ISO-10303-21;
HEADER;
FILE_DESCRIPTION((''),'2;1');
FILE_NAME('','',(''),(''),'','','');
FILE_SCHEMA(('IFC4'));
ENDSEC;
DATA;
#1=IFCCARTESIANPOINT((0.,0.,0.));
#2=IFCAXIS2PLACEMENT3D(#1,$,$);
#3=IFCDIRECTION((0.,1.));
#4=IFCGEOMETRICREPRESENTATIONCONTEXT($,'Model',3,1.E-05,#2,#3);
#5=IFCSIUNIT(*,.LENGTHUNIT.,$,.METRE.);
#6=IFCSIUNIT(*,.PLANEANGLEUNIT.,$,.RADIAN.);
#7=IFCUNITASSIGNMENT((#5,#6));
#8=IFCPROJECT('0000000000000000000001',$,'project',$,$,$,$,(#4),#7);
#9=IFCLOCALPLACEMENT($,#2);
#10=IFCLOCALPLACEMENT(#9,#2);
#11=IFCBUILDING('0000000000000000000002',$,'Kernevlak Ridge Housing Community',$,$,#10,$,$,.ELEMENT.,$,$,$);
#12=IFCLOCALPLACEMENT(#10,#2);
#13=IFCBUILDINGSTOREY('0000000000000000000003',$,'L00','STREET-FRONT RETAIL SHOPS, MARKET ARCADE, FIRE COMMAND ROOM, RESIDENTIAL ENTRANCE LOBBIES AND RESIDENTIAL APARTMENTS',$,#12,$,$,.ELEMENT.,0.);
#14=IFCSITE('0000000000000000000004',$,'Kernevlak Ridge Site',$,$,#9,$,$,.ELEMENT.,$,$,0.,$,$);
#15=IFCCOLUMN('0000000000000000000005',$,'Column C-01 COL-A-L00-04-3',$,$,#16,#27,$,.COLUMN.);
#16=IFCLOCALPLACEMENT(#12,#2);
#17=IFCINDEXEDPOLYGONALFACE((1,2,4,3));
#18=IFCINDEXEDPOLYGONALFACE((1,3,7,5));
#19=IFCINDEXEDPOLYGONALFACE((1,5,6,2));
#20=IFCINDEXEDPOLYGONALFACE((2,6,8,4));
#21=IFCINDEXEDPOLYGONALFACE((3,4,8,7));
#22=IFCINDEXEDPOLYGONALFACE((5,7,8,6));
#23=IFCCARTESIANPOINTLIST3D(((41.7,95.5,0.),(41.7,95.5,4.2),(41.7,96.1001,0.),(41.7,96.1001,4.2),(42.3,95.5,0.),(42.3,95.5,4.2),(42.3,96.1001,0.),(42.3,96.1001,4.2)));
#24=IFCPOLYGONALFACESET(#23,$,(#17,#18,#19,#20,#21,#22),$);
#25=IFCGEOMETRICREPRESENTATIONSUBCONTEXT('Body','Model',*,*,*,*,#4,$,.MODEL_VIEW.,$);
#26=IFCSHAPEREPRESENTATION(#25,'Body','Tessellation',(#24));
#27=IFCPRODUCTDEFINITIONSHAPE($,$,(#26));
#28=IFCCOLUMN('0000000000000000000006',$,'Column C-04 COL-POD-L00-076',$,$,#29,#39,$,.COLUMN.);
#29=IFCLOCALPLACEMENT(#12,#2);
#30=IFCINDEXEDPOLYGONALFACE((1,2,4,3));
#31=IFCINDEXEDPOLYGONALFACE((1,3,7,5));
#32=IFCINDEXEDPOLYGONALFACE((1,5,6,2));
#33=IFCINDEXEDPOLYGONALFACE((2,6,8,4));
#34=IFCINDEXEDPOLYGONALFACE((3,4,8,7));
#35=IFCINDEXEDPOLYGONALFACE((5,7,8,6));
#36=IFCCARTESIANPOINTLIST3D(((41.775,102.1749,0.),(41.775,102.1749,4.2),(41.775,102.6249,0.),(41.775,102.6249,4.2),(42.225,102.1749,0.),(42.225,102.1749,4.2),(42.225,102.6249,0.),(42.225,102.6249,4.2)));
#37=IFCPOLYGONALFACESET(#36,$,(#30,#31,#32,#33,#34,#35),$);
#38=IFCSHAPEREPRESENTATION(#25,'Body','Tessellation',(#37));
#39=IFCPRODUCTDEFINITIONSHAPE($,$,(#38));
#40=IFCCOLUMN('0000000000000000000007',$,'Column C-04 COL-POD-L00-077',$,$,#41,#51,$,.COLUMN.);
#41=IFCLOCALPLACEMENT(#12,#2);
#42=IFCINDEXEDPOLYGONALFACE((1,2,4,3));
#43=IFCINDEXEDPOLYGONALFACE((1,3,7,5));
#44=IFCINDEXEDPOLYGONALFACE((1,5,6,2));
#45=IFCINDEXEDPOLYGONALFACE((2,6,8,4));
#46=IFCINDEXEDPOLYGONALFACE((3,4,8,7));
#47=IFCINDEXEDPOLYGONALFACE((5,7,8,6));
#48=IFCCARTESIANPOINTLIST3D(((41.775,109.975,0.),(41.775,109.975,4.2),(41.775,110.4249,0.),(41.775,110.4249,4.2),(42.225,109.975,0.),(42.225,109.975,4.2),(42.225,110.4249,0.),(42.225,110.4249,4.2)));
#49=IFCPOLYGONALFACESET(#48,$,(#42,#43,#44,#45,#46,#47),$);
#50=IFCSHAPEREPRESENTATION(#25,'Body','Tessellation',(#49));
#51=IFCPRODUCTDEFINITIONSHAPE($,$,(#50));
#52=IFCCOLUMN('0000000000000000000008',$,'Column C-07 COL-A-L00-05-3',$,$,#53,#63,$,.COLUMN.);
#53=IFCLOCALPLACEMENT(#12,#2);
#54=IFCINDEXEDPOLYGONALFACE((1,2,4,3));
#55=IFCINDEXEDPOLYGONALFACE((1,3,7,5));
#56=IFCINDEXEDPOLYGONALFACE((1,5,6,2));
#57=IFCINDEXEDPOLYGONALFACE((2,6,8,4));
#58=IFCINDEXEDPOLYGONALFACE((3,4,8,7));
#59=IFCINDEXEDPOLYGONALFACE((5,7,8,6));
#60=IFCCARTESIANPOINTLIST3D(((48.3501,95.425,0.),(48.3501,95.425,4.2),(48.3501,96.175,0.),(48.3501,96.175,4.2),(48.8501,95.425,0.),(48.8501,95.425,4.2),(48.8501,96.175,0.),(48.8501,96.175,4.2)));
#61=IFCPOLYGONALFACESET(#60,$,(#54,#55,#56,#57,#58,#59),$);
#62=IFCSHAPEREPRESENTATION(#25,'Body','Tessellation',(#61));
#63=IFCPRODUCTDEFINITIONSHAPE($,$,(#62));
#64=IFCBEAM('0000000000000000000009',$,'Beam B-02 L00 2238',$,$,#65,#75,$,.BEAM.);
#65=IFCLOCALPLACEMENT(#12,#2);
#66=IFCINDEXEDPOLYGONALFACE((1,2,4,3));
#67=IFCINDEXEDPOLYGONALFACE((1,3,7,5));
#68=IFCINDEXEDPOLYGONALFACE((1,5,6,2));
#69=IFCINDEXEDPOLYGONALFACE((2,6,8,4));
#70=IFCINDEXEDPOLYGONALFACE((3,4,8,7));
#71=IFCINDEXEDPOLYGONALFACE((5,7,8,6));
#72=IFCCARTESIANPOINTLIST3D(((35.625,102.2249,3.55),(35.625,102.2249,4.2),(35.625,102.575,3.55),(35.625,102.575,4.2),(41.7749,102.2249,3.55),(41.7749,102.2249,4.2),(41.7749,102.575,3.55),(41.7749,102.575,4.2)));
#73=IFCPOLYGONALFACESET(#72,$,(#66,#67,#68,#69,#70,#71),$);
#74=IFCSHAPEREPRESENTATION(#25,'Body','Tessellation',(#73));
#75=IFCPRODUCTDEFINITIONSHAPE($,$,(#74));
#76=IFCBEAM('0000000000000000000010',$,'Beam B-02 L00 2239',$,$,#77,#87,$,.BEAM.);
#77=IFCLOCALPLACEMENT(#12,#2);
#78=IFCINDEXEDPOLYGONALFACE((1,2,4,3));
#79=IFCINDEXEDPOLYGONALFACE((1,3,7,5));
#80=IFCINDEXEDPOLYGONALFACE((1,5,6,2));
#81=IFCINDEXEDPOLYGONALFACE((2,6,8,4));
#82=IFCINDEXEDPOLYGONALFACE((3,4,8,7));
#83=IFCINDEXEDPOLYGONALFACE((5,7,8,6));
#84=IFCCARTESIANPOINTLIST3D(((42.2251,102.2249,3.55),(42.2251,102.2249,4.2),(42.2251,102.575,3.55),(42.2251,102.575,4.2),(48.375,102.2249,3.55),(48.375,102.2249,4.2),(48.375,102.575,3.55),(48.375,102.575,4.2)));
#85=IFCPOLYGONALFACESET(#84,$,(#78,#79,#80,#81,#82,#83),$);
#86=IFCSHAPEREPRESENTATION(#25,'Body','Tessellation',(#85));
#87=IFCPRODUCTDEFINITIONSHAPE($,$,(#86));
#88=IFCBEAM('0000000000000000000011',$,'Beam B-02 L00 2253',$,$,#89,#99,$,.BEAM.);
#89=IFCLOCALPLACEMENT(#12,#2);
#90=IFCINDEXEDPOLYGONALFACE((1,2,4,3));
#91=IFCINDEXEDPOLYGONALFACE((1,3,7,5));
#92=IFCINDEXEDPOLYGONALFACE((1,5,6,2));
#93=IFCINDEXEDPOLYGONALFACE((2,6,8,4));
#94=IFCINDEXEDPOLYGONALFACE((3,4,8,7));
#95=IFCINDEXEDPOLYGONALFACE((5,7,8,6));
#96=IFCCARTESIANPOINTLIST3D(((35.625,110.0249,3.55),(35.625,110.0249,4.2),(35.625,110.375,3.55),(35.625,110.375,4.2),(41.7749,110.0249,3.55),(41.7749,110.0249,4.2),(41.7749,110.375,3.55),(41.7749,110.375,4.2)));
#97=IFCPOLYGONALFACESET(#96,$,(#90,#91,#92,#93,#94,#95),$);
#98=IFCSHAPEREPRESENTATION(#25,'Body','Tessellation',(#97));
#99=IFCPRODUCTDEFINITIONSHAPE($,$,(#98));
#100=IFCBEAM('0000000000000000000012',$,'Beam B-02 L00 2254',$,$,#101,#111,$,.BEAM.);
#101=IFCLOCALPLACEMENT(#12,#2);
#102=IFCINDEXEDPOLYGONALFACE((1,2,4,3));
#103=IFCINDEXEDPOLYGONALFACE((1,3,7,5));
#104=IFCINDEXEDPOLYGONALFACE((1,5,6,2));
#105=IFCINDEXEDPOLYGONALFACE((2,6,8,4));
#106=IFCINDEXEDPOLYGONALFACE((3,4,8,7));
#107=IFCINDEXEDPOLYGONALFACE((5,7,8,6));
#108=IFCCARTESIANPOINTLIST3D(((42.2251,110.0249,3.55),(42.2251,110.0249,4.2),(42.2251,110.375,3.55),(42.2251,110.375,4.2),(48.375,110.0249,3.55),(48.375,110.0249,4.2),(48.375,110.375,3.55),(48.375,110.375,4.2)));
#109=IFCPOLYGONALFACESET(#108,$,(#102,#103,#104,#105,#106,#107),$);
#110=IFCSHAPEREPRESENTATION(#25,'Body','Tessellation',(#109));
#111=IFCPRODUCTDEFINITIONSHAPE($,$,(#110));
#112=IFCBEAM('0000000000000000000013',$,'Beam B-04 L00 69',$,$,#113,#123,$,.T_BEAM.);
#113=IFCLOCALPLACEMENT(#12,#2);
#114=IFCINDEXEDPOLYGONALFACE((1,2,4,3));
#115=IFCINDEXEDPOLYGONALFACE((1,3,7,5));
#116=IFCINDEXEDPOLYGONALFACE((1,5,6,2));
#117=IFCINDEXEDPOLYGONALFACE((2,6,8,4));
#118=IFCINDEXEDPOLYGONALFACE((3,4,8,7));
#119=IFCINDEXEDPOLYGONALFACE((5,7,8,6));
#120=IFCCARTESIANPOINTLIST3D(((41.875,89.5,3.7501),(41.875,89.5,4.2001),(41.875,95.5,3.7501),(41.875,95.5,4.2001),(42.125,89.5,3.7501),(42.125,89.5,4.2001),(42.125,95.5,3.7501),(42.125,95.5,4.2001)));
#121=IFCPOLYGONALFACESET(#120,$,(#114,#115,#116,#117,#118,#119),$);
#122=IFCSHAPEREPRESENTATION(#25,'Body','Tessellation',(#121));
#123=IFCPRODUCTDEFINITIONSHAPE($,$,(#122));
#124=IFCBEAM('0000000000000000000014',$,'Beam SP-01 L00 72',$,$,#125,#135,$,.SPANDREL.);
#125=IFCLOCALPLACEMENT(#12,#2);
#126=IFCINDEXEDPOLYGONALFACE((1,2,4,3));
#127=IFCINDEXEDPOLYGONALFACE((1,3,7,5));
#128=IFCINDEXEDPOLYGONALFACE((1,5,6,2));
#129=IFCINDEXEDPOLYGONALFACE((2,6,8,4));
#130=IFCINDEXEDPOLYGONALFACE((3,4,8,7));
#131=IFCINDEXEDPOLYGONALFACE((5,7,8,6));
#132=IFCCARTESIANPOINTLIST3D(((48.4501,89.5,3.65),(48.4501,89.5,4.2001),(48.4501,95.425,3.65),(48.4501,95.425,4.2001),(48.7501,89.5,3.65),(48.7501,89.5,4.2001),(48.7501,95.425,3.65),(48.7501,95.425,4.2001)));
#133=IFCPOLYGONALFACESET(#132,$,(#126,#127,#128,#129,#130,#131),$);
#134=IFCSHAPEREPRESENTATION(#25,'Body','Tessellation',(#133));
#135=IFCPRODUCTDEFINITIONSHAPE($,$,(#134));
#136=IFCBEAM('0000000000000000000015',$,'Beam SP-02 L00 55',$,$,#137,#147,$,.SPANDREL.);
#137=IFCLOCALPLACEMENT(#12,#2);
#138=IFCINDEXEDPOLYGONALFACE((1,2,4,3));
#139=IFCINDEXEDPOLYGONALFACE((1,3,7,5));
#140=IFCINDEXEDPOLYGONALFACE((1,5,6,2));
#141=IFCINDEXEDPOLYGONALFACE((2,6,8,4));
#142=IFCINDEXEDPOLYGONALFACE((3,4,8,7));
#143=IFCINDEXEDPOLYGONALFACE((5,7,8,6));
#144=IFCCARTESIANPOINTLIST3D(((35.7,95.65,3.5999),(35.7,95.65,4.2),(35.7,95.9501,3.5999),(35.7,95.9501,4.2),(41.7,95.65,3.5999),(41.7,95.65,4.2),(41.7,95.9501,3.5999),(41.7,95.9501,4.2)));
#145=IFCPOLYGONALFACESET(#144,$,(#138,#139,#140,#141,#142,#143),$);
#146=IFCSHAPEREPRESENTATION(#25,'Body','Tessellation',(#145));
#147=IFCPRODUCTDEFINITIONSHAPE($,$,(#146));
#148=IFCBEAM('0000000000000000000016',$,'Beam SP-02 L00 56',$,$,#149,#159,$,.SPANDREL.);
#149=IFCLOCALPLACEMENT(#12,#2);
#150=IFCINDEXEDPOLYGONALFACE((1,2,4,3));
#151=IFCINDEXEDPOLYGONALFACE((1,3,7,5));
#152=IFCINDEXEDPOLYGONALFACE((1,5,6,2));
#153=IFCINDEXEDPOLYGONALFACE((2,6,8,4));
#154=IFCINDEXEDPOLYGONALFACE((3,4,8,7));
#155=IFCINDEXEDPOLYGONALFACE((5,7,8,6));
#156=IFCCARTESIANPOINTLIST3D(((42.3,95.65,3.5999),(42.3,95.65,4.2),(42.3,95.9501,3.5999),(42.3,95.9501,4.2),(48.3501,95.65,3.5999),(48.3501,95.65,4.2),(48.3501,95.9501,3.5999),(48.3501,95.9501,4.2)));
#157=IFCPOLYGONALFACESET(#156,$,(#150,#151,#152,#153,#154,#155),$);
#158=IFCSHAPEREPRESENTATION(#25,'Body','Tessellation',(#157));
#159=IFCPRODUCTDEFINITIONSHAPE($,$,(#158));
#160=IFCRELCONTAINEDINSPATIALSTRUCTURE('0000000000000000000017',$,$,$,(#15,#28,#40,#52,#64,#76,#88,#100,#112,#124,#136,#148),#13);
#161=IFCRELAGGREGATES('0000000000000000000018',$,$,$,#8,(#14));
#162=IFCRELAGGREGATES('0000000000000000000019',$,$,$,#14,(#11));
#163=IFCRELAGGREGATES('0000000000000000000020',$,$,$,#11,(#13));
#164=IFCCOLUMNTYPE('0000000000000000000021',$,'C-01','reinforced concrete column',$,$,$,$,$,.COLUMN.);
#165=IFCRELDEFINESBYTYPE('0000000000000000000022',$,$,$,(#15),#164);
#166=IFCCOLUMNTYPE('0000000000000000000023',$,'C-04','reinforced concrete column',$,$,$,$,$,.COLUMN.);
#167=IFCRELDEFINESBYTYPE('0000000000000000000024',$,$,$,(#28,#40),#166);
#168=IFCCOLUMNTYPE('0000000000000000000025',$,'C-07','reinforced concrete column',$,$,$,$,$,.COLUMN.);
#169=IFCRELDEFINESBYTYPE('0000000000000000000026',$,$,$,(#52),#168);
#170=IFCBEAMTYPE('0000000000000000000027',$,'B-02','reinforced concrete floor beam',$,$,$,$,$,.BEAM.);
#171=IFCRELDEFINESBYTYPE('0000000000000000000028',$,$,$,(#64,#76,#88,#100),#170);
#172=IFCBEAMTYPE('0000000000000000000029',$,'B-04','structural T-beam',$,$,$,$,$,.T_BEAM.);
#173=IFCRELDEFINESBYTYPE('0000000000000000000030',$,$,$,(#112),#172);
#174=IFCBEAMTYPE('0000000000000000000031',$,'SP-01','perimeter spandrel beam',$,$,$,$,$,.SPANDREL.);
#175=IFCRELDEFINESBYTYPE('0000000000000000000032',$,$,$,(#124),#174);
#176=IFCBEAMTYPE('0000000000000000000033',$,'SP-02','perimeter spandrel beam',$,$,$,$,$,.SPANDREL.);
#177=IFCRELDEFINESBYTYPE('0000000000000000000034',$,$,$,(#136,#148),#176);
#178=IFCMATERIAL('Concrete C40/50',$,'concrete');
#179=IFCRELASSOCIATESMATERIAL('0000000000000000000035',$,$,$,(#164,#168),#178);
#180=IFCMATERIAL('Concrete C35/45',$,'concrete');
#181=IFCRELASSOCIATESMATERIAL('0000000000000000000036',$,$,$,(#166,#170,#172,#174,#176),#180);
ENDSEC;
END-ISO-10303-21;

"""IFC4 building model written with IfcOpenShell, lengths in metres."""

from ifc_helpers import new_model, si_unit, direction, frame, origin, origin_2d, place, context, subcontext, project, spatial, rectangle, extrude, material, material_profile, profile_set, type_object, element, save


model = new_model("IFC4")

# Units and contexts
model_context = context("Model", 3, precision=1e-05, world=origin(), true_north=direction((0.0, 1.0)))
body_context = subcontext(model_context, "Body", "Model", "MODEL_VIEW")
ifc_project = project(units=[si_unit("LENGTHUNIT", "METRE"), si_unit("PLANEANGLEUNIT", "RADIAN")], contexts=[model_context])

# Site, building, storey
site_placement = place(None, origin())
site = spatial("IfcSite", under=ifc_project, at=site_placement, Name="Kernevlak Ridge Site", CompositionType="ELEMENT", RefElevation=0.0)
building_placement = place(site_placement, origin())
building = spatial("IfcBuilding", under=site, at=building_placement, Name="Kernevlak Ridge Housing Community", CompositionType="ELEMENT")
storey_placement = place(building_placement, origin())
storey = spatial("IfcBuildingStorey", under=building, at=storey_placement, Name="L00", Description="STREET-FRONT RETAIL SHOPS, MARKET ARCADE, FIRE COMMAND ROOM, RESIDENTIAL ENTRANCE LOBBIES AND RESIDENTIAL APARTMENTS", CompositionType="ELEMENT", Elevation=0.0)

# Columns
ifc_material_1 = material(Name="Concrete C40/50", Category="concrete")
ifc_material_profile_1 = material_profile(ifc_material_1, rectangle(XDim=0.6001, YDim=0.6001, at=origin_2d()), Name="RC 600x600")
ifc_profile_set_1 = profile_set([ifc_material_profile_1], Name="Concrete C40/50")
column_type_1 = type_object("IfcColumnType", Name="C-01", Description="reinforced concrete column", PredefinedType="COLUMN", material=ifc_profile_set_1)
column_1_placement = place(storey_placement, frame((42.0, 95.8, 0.0), z_axis=(0.0, 0.0, 1.0), x_axis=(1.0, 0.0, 0.0)))
element("IfcColumn", 1, at=column_1_placement, inside=storey, type_object=column_type_1, Name="Column C-01 COL-A-L00-04-3", PredefinedType="COLUMN", context=body_context, shape_type="SweptSolid", body=[
    extrude(rectangle(XDim=0.6001, YDim=0.6001, at=origin_2d()), origin(), (0.0, 0.0, 1.0), 4.2),
])
ifc_material_2 = material(Name="Concrete C35/45", Category="concrete")
ifc_material_profile_2 = material_profile(ifc_material_2, rectangle(XDim=0.45, YDim=0.45, at=origin_2d()), Name="RC 450x450")
ifc_profile_set_2 = profile_set([ifc_material_profile_2], Name="Concrete C35/45")
column_type_2 = type_object("IfcColumnType", Name="C-04", Description="reinforced concrete column", PredefinedType="COLUMN", material=ifc_profile_set_2)
for number, where, z_axis, x_axis, name in (
    (2, (42.0, 102.3999, 0.0), (0.0, 0.0, 1.0), (1.0, 0.0, 0.0), "Column C-04 COL-POD-L00-076"),
    (3, (42.0, 110.2, 0.0), (0.0, 0.0, 1.0), (1.0, 0.0, 0.0), "Column C-04 COL-POD-L00-077"),
):
    element("IfcColumn", number, at=place(storey_placement, frame(where, z_axis=z_axis, x_axis=x_axis)), inside=storey, type_object=column_type_2, Name=name, PredefinedType="COLUMN", context=body_context, shape_type="SweptSolid", body=[
        extrude(rectangle(XDim=0.45, YDim=0.45, at=origin_2d()), origin(), (0.0, 0.0, 1.0), 4.2),
    ])
ifc_material_profile_3 = material_profile(ifc_material_1, rectangle(XDim=0.5, YDim=0.75, at=origin_2d()), Name="RC 500x750")
ifc_profile_set_3 = profile_set([ifc_material_profile_3], Name="Concrete C40/50")
column_type_3 = type_object("IfcColumnType", Name="C-07", Description="reinforced concrete column", PredefinedType="COLUMN", material=ifc_profile_set_3)
column_2_placement = place(storey_placement, frame((48.6001, 95.8, 0.0), z_axis=(0.0, 0.0, 1.0), x_axis=(1.0, 0.0, 0.0)))
element("IfcColumn", 4, at=column_2_placement, inside=storey, type_object=column_type_3, Name="Column C-07 COL-A-L00-05-3", PredefinedType="COLUMN", context=body_context, shape_type="SweptSolid", body=[
    extrude(rectangle(XDim=0.5, YDim=0.75, at=origin_2d()), origin(), (0.0, 0.0, 1.0), 4.2),
])

# Beams
ifc_material_profile_4 = material_profile(ifc_material_2, rectangle(XDim=0.3501, YDim=0.6499, at=origin_2d()), Name="RC 350x650")
ifc_profile_set_4 = profile_set([ifc_material_profile_4], Name="Concrete C35/45")
beam_type_1 = type_object("IfcBeamType", Name="B-02", Description="reinforced concrete floor beam", PredefinedType="BEAM", material=ifc_profile_set_4)
for number, where, z_axis, x_axis, name in (
    (5, (35.625, 102.3999, 3.875), (1.0, 0.0, 0.0), (0.0, 1.0, 0.0), "Beam B-02 L00 2238"),
    (6, (42.2251, 102.3999, 3.875), (1.0, 0.0, 0.0), (0.0, 1.0, 0.0), "Beam B-02 L00 2239"),
    (7, (35.625, 110.2, 3.875), (1.0, 0.0, 0.0), (0.0, 1.0, 0.0), "Beam B-02 L00 2253"),
    (8, (42.2251, 110.2, 3.875), (1.0, 0.0, 0.0), (0.0, 1.0, 0.0), "Beam B-02 L00 2254"),
):
    element("IfcBeam", number, at=place(storey_placement, frame(where, z_axis=z_axis, x_axis=x_axis)), inside=storey, type_object=beam_type_1, Name=name, PredefinedType="BEAM", context=body_context, shape_type="SweptSolid", body=[
        extrude(rectangle(XDim=0.3501, YDim=0.6499, at=origin_2d()), origin(), (0.0, 0.0, 1.0), 6.1499),
    ])
ifc_material_profile_5 = material_profile(ifc_material_2, rectangle(XDim=0.25, YDim=0.45, at=origin_2d()), Name="RC 250x450")
ifc_profile_set_5 = profile_set([ifc_material_profile_5], Name="Concrete C35/45")
beam_type_2 = type_object("IfcBeamType", Name="B-04", Description="structural T-beam", PredefinedType="T_BEAM", material=ifc_profile_set_5)
beam_1_placement = place(storey_placement, frame((42.0, 89.5, 3.9751), z_axis=(0.0, 1.0, 0.0), x_axis=(-1.0, 0.0, 0.0)))
element("IfcBeam", 9, at=beam_1_placement, inside=storey, type_object=beam_type_2, Name="Beam B-04 L00 69", PredefinedType="T_BEAM", context=body_context, shape_type="SweptSolid", body=[
    extrude(rectangle(XDim=0.25, YDim=0.45, at=origin_2d()), origin(), (0.0, 0.0, 1.0), 6.0),
])
ifc_material_profile_6 = material_profile(ifc_material_2, rectangle(XDim=0.3, YDim=0.55, at=origin_2d()), Name="RC 300x550")
ifc_profile_set_6 = profile_set([ifc_material_profile_6], Name="Concrete C35/45")
beam_type_3 = type_object("IfcBeamType", Name="SP-01", Description="perimeter spandrel beam", PredefinedType="SPANDREL", material=ifc_profile_set_6)
beam_2_placement = place(storey_placement, frame((48.6001, 89.5, 3.925), z_axis=(0.0, 1.0, 0.0), x_axis=(-1.0, 0.0, 0.0)))
element("IfcBeam", 10, at=beam_2_placement, inside=storey, type_object=beam_type_3, Name="Beam SP-01 L00 72", PredefinedType="SPANDREL", context=body_context, shape_type="SweptSolid", body=[
    extrude(rectangle(XDim=0.3, YDim=0.55, at=origin_2d()), origin(), (0.0, 0.0, 1.0), 5.925),
])
ifc_material_profile_7 = material_profile(ifc_material_2, rectangle(XDim=0.3, YDim=0.6001, at=origin_2d()), Name="RC 300x600")
ifc_profile_set_7 = profile_set([ifc_material_profile_7], Name="Concrete C35/45")
beam_type_4 = type_object("IfcBeamType", Name="SP-02", Description="perimeter spandrel beam", PredefinedType="SPANDREL", material=ifc_profile_set_7)
beam_3_placement = place(storey_placement, frame((35.7, 95.8, 3.8999), z_axis=(1.0, 0.0, 0.0), x_axis=(0.0, 1.0, 0.0)))
element("IfcBeam", 11, at=beam_3_placement, inside=storey, type_object=beam_type_4, Name="Beam SP-02 L00 55", PredefinedType="SPANDREL", context=body_context, shape_type="SweptSolid", body=[
    extrude(rectangle(XDim=0.3, YDim=0.6001, at=origin_2d()), origin(), (0.0, 0.0, 1.0), 6.0),
])
beam_4_placement = place(storey_placement, frame((42.3, 95.8, 3.8999), z_axis=(1.0, 0.0, 0.0), x_axis=(0.0, 1.0, 0.0)))
element("IfcBeam", 12, at=beam_4_placement, inside=storey, type_object=beam_type_4, Name="Beam SP-02 L00 56", PredefinedType="SPANDREL", context=body_context, shape_type="SweptSolid", body=[
    extrude(rectangle(XDim=0.3, YDim=0.6001, at=origin_2d()), origin(), (0.0, 0.0, 1.0), 6.05),
])

save(model, "model.ifc")
